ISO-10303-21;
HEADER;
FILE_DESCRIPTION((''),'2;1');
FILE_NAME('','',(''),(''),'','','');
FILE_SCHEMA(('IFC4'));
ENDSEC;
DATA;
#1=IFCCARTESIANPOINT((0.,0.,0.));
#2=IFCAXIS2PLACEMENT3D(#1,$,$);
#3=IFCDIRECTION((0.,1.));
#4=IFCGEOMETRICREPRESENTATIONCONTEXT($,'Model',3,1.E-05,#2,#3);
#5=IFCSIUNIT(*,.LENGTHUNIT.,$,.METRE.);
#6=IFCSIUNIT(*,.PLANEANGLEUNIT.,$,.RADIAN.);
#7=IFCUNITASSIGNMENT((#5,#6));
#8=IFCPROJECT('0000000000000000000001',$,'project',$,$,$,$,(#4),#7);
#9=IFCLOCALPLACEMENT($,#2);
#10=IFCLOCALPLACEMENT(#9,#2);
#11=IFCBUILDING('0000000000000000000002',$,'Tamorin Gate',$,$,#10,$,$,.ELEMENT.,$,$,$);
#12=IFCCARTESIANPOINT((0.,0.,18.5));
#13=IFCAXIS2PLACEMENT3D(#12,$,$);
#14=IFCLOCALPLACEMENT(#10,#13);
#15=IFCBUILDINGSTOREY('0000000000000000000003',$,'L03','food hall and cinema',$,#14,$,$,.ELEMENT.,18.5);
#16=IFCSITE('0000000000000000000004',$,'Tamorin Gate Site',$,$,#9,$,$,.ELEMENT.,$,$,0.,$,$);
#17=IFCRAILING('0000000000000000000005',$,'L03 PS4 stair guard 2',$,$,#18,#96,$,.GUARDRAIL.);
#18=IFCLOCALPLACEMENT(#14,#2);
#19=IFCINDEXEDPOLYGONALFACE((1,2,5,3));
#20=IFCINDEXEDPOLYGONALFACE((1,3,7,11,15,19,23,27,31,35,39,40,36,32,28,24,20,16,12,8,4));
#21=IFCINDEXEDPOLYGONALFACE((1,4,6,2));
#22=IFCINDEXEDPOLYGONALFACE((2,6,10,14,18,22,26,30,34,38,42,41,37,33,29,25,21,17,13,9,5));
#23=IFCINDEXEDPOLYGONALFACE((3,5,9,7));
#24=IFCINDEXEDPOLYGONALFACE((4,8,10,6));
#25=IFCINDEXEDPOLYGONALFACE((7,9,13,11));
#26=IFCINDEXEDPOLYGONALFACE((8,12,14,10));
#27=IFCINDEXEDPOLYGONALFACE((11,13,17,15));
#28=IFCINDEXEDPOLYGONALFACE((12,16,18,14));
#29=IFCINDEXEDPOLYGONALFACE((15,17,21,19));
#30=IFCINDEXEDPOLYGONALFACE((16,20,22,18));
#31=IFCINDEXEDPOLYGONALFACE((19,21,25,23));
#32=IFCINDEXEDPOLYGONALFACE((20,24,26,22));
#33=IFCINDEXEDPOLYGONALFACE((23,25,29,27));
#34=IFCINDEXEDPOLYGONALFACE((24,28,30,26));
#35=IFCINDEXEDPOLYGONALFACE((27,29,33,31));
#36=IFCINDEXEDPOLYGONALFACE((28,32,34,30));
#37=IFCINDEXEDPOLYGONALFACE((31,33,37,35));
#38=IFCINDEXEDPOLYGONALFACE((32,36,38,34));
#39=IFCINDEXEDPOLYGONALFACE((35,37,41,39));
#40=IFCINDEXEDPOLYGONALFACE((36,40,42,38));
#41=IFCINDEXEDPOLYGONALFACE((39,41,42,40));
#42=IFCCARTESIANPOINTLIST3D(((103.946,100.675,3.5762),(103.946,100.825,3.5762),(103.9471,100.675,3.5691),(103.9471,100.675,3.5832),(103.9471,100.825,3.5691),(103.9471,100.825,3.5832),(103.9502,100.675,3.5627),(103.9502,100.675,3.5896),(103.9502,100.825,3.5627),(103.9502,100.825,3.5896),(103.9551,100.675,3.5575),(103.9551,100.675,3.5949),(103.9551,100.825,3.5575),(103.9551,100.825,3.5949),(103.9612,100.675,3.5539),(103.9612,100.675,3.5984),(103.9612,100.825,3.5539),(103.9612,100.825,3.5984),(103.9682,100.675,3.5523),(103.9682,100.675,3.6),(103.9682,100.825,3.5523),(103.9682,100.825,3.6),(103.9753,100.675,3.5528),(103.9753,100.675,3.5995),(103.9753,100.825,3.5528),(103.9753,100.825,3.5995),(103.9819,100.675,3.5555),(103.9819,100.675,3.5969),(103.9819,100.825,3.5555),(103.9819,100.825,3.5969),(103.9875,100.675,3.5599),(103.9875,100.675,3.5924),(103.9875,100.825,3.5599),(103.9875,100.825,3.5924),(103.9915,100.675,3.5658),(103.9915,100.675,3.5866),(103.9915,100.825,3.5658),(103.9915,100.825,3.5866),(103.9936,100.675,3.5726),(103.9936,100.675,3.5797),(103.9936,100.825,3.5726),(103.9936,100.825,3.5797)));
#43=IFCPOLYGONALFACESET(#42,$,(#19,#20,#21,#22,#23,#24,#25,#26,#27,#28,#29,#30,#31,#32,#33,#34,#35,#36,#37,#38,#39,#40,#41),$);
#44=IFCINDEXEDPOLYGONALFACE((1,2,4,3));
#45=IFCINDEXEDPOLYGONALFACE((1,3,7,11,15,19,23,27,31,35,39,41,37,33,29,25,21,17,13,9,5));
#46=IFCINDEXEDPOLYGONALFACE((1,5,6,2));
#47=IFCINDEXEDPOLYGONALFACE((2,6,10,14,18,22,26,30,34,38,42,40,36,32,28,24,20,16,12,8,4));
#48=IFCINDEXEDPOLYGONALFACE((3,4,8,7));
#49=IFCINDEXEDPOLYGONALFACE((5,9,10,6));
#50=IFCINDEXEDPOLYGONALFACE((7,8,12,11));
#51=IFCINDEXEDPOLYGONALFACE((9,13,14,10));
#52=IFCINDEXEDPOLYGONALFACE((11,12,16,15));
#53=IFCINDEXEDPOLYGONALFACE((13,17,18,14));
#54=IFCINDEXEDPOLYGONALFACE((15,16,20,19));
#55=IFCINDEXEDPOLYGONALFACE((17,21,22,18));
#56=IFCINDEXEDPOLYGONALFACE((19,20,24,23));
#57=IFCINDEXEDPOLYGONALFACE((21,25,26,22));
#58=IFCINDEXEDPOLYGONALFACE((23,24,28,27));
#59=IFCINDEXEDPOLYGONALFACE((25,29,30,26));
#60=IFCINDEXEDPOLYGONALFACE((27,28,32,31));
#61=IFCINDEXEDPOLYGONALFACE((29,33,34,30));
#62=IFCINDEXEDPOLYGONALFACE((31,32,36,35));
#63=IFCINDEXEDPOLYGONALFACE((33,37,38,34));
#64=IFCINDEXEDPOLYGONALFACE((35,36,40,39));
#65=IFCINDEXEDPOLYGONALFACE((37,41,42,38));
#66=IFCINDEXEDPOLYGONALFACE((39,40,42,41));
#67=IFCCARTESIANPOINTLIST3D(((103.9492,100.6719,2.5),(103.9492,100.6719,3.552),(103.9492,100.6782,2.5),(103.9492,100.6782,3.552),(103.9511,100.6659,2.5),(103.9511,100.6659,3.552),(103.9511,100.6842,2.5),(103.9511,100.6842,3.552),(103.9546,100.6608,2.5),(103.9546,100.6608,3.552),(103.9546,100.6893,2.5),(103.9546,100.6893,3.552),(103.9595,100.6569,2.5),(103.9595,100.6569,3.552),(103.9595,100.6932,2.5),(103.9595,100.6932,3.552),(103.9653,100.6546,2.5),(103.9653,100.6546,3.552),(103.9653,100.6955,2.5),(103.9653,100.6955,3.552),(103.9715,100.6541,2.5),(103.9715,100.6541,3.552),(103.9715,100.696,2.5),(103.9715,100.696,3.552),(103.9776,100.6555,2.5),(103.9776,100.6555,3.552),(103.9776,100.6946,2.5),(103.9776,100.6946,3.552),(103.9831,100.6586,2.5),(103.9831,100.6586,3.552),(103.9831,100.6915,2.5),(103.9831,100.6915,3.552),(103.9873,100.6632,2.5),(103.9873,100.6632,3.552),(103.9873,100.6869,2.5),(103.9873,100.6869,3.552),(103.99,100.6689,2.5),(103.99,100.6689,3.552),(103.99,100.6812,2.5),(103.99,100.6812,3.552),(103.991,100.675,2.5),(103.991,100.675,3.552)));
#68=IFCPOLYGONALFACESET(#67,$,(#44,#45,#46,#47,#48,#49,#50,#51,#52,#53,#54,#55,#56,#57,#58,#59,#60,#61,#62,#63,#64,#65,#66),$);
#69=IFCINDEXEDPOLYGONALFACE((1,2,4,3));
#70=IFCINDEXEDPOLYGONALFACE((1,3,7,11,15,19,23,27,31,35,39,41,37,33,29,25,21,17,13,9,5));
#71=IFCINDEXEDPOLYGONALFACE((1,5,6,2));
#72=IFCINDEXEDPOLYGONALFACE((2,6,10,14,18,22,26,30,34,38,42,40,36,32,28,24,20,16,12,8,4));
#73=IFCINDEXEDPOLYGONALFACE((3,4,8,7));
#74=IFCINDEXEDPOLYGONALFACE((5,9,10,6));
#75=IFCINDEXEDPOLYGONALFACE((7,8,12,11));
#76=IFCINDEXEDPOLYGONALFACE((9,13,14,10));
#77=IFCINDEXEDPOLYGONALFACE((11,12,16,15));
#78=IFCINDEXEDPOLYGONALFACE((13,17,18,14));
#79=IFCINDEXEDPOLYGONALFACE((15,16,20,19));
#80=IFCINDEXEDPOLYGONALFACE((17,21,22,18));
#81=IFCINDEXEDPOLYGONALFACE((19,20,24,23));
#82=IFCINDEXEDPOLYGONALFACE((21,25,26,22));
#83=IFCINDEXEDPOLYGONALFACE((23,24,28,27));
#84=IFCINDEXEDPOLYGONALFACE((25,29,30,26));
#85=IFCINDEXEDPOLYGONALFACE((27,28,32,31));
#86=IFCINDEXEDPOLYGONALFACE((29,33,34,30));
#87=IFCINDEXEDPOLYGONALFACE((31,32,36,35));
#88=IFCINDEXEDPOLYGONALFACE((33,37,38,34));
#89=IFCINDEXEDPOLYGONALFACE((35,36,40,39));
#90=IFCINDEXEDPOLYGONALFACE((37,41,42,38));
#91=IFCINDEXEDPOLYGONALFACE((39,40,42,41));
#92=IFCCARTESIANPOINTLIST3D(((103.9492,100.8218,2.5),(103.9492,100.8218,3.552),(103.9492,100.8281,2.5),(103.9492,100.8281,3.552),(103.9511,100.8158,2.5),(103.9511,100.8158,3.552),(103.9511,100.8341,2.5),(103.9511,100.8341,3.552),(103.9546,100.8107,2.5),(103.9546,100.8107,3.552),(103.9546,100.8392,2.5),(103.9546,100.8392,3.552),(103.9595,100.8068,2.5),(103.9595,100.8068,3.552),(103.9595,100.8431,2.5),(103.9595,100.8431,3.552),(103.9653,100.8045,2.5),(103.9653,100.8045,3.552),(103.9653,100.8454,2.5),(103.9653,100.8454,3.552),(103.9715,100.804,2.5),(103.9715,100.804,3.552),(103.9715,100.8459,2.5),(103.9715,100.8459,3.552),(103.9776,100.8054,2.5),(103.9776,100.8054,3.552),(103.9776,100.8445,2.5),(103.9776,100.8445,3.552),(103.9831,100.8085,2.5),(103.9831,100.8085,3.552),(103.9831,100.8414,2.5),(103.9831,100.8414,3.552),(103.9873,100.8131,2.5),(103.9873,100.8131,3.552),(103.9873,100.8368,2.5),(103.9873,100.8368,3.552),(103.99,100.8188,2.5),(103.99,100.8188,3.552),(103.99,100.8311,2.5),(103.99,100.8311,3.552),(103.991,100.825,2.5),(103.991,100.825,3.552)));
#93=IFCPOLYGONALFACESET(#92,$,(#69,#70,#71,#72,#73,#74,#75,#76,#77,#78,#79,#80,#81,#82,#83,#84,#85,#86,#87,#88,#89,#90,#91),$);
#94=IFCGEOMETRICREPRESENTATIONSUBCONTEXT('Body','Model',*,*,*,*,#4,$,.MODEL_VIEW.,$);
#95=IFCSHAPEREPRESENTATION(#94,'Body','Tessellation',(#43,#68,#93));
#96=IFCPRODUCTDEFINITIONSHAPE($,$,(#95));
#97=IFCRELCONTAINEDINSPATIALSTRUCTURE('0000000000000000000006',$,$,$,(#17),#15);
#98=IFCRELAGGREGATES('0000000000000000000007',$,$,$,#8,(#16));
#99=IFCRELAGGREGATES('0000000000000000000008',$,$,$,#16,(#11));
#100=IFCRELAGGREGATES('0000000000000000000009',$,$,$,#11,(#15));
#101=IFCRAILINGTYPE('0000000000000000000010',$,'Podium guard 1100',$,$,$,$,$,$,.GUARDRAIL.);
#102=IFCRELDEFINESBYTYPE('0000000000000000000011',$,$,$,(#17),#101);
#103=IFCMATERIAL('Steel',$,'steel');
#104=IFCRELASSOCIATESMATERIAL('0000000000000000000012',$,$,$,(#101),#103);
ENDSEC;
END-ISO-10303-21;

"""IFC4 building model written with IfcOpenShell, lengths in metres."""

from ifc_helpers import new_model, si_unit, direction, frame, origin, origin_2d, place, context, subcontext, project, spatial, circle, extrude, material, type_object, element, save


model = new_model("IFC4")

# Units and contexts
model_context = context("Model", 3, precision=1e-05, world=origin(), true_north=direction((0.0, 1.0)))
body_context = subcontext(model_context, "Body", "Model", "MODEL_VIEW")
ifc_project = project(units=[si_unit("LENGTHUNIT", "METRE"), si_unit("PLANEANGLEUNIT", "RADIAN")], contexts=[model_context])

# Site, building, storey
site_placement = place(None, origin())
site = spatial("IfcSite", under=ifc_project, at=site_placement, Name="Tamorin Gate Site", CompositionType="ELEMENT", RefElevation=0.0)
building_placement = place(site_placement, origin())
building = spatial("IfcBuilding", under=site, at=building_placement, Name="Tamorin Gate", CompositionType="ELEMENT")
storey_placement = place(building_placement, frame((0.0, 0.0, 18.5)))
storey = spatial("IfcBuildingStorey", under=building, at=storey_placement, Name="L03", Description="food hall and cinema", CompositionType="ELEMENT", Elevation=18.5)

# Railing
ifc_material_1 = material(Name="Steel", Category="steel")
railing_type_1 = type_object("IfcRailingType", Name="Podium guard 1100", PredefinedType="GUARDRAIL", material=ifc_material_1)
railing_1_placement = place(storey_placement, frame((103.97, 100.675, 2.5)))
element("IfcRailing", 1, at=railing_1_placement, inside=storey, type_object=railing_type_1, Name="L03 PS4 stair guard 2", PredefinedType="GUARDRAIL", context=body_context, shape_type="SweptSolid", body=[
    extrude(circle(Radius=0.0239, at=origin_2d()), frame((0.0, 0.0, 1.0762), z_axis=(0.0, 1.0, 0.0), x_axis=(-1.0, 0.0, 0.0)), (0.0, 0.0, 1.0), 0.1499),
    extrude(circle(Radius=0.021, at=origin_2d()), origin(), (0.0, 0.0, 1.0), 1.052),
    extrude(circle(Radius=0.021, at=origin_2d()), frame((0.0, 0.1499, 0.0)), (0.0, 0.0, 1.0), 1.052),
])

save(model, "model.ifc")
